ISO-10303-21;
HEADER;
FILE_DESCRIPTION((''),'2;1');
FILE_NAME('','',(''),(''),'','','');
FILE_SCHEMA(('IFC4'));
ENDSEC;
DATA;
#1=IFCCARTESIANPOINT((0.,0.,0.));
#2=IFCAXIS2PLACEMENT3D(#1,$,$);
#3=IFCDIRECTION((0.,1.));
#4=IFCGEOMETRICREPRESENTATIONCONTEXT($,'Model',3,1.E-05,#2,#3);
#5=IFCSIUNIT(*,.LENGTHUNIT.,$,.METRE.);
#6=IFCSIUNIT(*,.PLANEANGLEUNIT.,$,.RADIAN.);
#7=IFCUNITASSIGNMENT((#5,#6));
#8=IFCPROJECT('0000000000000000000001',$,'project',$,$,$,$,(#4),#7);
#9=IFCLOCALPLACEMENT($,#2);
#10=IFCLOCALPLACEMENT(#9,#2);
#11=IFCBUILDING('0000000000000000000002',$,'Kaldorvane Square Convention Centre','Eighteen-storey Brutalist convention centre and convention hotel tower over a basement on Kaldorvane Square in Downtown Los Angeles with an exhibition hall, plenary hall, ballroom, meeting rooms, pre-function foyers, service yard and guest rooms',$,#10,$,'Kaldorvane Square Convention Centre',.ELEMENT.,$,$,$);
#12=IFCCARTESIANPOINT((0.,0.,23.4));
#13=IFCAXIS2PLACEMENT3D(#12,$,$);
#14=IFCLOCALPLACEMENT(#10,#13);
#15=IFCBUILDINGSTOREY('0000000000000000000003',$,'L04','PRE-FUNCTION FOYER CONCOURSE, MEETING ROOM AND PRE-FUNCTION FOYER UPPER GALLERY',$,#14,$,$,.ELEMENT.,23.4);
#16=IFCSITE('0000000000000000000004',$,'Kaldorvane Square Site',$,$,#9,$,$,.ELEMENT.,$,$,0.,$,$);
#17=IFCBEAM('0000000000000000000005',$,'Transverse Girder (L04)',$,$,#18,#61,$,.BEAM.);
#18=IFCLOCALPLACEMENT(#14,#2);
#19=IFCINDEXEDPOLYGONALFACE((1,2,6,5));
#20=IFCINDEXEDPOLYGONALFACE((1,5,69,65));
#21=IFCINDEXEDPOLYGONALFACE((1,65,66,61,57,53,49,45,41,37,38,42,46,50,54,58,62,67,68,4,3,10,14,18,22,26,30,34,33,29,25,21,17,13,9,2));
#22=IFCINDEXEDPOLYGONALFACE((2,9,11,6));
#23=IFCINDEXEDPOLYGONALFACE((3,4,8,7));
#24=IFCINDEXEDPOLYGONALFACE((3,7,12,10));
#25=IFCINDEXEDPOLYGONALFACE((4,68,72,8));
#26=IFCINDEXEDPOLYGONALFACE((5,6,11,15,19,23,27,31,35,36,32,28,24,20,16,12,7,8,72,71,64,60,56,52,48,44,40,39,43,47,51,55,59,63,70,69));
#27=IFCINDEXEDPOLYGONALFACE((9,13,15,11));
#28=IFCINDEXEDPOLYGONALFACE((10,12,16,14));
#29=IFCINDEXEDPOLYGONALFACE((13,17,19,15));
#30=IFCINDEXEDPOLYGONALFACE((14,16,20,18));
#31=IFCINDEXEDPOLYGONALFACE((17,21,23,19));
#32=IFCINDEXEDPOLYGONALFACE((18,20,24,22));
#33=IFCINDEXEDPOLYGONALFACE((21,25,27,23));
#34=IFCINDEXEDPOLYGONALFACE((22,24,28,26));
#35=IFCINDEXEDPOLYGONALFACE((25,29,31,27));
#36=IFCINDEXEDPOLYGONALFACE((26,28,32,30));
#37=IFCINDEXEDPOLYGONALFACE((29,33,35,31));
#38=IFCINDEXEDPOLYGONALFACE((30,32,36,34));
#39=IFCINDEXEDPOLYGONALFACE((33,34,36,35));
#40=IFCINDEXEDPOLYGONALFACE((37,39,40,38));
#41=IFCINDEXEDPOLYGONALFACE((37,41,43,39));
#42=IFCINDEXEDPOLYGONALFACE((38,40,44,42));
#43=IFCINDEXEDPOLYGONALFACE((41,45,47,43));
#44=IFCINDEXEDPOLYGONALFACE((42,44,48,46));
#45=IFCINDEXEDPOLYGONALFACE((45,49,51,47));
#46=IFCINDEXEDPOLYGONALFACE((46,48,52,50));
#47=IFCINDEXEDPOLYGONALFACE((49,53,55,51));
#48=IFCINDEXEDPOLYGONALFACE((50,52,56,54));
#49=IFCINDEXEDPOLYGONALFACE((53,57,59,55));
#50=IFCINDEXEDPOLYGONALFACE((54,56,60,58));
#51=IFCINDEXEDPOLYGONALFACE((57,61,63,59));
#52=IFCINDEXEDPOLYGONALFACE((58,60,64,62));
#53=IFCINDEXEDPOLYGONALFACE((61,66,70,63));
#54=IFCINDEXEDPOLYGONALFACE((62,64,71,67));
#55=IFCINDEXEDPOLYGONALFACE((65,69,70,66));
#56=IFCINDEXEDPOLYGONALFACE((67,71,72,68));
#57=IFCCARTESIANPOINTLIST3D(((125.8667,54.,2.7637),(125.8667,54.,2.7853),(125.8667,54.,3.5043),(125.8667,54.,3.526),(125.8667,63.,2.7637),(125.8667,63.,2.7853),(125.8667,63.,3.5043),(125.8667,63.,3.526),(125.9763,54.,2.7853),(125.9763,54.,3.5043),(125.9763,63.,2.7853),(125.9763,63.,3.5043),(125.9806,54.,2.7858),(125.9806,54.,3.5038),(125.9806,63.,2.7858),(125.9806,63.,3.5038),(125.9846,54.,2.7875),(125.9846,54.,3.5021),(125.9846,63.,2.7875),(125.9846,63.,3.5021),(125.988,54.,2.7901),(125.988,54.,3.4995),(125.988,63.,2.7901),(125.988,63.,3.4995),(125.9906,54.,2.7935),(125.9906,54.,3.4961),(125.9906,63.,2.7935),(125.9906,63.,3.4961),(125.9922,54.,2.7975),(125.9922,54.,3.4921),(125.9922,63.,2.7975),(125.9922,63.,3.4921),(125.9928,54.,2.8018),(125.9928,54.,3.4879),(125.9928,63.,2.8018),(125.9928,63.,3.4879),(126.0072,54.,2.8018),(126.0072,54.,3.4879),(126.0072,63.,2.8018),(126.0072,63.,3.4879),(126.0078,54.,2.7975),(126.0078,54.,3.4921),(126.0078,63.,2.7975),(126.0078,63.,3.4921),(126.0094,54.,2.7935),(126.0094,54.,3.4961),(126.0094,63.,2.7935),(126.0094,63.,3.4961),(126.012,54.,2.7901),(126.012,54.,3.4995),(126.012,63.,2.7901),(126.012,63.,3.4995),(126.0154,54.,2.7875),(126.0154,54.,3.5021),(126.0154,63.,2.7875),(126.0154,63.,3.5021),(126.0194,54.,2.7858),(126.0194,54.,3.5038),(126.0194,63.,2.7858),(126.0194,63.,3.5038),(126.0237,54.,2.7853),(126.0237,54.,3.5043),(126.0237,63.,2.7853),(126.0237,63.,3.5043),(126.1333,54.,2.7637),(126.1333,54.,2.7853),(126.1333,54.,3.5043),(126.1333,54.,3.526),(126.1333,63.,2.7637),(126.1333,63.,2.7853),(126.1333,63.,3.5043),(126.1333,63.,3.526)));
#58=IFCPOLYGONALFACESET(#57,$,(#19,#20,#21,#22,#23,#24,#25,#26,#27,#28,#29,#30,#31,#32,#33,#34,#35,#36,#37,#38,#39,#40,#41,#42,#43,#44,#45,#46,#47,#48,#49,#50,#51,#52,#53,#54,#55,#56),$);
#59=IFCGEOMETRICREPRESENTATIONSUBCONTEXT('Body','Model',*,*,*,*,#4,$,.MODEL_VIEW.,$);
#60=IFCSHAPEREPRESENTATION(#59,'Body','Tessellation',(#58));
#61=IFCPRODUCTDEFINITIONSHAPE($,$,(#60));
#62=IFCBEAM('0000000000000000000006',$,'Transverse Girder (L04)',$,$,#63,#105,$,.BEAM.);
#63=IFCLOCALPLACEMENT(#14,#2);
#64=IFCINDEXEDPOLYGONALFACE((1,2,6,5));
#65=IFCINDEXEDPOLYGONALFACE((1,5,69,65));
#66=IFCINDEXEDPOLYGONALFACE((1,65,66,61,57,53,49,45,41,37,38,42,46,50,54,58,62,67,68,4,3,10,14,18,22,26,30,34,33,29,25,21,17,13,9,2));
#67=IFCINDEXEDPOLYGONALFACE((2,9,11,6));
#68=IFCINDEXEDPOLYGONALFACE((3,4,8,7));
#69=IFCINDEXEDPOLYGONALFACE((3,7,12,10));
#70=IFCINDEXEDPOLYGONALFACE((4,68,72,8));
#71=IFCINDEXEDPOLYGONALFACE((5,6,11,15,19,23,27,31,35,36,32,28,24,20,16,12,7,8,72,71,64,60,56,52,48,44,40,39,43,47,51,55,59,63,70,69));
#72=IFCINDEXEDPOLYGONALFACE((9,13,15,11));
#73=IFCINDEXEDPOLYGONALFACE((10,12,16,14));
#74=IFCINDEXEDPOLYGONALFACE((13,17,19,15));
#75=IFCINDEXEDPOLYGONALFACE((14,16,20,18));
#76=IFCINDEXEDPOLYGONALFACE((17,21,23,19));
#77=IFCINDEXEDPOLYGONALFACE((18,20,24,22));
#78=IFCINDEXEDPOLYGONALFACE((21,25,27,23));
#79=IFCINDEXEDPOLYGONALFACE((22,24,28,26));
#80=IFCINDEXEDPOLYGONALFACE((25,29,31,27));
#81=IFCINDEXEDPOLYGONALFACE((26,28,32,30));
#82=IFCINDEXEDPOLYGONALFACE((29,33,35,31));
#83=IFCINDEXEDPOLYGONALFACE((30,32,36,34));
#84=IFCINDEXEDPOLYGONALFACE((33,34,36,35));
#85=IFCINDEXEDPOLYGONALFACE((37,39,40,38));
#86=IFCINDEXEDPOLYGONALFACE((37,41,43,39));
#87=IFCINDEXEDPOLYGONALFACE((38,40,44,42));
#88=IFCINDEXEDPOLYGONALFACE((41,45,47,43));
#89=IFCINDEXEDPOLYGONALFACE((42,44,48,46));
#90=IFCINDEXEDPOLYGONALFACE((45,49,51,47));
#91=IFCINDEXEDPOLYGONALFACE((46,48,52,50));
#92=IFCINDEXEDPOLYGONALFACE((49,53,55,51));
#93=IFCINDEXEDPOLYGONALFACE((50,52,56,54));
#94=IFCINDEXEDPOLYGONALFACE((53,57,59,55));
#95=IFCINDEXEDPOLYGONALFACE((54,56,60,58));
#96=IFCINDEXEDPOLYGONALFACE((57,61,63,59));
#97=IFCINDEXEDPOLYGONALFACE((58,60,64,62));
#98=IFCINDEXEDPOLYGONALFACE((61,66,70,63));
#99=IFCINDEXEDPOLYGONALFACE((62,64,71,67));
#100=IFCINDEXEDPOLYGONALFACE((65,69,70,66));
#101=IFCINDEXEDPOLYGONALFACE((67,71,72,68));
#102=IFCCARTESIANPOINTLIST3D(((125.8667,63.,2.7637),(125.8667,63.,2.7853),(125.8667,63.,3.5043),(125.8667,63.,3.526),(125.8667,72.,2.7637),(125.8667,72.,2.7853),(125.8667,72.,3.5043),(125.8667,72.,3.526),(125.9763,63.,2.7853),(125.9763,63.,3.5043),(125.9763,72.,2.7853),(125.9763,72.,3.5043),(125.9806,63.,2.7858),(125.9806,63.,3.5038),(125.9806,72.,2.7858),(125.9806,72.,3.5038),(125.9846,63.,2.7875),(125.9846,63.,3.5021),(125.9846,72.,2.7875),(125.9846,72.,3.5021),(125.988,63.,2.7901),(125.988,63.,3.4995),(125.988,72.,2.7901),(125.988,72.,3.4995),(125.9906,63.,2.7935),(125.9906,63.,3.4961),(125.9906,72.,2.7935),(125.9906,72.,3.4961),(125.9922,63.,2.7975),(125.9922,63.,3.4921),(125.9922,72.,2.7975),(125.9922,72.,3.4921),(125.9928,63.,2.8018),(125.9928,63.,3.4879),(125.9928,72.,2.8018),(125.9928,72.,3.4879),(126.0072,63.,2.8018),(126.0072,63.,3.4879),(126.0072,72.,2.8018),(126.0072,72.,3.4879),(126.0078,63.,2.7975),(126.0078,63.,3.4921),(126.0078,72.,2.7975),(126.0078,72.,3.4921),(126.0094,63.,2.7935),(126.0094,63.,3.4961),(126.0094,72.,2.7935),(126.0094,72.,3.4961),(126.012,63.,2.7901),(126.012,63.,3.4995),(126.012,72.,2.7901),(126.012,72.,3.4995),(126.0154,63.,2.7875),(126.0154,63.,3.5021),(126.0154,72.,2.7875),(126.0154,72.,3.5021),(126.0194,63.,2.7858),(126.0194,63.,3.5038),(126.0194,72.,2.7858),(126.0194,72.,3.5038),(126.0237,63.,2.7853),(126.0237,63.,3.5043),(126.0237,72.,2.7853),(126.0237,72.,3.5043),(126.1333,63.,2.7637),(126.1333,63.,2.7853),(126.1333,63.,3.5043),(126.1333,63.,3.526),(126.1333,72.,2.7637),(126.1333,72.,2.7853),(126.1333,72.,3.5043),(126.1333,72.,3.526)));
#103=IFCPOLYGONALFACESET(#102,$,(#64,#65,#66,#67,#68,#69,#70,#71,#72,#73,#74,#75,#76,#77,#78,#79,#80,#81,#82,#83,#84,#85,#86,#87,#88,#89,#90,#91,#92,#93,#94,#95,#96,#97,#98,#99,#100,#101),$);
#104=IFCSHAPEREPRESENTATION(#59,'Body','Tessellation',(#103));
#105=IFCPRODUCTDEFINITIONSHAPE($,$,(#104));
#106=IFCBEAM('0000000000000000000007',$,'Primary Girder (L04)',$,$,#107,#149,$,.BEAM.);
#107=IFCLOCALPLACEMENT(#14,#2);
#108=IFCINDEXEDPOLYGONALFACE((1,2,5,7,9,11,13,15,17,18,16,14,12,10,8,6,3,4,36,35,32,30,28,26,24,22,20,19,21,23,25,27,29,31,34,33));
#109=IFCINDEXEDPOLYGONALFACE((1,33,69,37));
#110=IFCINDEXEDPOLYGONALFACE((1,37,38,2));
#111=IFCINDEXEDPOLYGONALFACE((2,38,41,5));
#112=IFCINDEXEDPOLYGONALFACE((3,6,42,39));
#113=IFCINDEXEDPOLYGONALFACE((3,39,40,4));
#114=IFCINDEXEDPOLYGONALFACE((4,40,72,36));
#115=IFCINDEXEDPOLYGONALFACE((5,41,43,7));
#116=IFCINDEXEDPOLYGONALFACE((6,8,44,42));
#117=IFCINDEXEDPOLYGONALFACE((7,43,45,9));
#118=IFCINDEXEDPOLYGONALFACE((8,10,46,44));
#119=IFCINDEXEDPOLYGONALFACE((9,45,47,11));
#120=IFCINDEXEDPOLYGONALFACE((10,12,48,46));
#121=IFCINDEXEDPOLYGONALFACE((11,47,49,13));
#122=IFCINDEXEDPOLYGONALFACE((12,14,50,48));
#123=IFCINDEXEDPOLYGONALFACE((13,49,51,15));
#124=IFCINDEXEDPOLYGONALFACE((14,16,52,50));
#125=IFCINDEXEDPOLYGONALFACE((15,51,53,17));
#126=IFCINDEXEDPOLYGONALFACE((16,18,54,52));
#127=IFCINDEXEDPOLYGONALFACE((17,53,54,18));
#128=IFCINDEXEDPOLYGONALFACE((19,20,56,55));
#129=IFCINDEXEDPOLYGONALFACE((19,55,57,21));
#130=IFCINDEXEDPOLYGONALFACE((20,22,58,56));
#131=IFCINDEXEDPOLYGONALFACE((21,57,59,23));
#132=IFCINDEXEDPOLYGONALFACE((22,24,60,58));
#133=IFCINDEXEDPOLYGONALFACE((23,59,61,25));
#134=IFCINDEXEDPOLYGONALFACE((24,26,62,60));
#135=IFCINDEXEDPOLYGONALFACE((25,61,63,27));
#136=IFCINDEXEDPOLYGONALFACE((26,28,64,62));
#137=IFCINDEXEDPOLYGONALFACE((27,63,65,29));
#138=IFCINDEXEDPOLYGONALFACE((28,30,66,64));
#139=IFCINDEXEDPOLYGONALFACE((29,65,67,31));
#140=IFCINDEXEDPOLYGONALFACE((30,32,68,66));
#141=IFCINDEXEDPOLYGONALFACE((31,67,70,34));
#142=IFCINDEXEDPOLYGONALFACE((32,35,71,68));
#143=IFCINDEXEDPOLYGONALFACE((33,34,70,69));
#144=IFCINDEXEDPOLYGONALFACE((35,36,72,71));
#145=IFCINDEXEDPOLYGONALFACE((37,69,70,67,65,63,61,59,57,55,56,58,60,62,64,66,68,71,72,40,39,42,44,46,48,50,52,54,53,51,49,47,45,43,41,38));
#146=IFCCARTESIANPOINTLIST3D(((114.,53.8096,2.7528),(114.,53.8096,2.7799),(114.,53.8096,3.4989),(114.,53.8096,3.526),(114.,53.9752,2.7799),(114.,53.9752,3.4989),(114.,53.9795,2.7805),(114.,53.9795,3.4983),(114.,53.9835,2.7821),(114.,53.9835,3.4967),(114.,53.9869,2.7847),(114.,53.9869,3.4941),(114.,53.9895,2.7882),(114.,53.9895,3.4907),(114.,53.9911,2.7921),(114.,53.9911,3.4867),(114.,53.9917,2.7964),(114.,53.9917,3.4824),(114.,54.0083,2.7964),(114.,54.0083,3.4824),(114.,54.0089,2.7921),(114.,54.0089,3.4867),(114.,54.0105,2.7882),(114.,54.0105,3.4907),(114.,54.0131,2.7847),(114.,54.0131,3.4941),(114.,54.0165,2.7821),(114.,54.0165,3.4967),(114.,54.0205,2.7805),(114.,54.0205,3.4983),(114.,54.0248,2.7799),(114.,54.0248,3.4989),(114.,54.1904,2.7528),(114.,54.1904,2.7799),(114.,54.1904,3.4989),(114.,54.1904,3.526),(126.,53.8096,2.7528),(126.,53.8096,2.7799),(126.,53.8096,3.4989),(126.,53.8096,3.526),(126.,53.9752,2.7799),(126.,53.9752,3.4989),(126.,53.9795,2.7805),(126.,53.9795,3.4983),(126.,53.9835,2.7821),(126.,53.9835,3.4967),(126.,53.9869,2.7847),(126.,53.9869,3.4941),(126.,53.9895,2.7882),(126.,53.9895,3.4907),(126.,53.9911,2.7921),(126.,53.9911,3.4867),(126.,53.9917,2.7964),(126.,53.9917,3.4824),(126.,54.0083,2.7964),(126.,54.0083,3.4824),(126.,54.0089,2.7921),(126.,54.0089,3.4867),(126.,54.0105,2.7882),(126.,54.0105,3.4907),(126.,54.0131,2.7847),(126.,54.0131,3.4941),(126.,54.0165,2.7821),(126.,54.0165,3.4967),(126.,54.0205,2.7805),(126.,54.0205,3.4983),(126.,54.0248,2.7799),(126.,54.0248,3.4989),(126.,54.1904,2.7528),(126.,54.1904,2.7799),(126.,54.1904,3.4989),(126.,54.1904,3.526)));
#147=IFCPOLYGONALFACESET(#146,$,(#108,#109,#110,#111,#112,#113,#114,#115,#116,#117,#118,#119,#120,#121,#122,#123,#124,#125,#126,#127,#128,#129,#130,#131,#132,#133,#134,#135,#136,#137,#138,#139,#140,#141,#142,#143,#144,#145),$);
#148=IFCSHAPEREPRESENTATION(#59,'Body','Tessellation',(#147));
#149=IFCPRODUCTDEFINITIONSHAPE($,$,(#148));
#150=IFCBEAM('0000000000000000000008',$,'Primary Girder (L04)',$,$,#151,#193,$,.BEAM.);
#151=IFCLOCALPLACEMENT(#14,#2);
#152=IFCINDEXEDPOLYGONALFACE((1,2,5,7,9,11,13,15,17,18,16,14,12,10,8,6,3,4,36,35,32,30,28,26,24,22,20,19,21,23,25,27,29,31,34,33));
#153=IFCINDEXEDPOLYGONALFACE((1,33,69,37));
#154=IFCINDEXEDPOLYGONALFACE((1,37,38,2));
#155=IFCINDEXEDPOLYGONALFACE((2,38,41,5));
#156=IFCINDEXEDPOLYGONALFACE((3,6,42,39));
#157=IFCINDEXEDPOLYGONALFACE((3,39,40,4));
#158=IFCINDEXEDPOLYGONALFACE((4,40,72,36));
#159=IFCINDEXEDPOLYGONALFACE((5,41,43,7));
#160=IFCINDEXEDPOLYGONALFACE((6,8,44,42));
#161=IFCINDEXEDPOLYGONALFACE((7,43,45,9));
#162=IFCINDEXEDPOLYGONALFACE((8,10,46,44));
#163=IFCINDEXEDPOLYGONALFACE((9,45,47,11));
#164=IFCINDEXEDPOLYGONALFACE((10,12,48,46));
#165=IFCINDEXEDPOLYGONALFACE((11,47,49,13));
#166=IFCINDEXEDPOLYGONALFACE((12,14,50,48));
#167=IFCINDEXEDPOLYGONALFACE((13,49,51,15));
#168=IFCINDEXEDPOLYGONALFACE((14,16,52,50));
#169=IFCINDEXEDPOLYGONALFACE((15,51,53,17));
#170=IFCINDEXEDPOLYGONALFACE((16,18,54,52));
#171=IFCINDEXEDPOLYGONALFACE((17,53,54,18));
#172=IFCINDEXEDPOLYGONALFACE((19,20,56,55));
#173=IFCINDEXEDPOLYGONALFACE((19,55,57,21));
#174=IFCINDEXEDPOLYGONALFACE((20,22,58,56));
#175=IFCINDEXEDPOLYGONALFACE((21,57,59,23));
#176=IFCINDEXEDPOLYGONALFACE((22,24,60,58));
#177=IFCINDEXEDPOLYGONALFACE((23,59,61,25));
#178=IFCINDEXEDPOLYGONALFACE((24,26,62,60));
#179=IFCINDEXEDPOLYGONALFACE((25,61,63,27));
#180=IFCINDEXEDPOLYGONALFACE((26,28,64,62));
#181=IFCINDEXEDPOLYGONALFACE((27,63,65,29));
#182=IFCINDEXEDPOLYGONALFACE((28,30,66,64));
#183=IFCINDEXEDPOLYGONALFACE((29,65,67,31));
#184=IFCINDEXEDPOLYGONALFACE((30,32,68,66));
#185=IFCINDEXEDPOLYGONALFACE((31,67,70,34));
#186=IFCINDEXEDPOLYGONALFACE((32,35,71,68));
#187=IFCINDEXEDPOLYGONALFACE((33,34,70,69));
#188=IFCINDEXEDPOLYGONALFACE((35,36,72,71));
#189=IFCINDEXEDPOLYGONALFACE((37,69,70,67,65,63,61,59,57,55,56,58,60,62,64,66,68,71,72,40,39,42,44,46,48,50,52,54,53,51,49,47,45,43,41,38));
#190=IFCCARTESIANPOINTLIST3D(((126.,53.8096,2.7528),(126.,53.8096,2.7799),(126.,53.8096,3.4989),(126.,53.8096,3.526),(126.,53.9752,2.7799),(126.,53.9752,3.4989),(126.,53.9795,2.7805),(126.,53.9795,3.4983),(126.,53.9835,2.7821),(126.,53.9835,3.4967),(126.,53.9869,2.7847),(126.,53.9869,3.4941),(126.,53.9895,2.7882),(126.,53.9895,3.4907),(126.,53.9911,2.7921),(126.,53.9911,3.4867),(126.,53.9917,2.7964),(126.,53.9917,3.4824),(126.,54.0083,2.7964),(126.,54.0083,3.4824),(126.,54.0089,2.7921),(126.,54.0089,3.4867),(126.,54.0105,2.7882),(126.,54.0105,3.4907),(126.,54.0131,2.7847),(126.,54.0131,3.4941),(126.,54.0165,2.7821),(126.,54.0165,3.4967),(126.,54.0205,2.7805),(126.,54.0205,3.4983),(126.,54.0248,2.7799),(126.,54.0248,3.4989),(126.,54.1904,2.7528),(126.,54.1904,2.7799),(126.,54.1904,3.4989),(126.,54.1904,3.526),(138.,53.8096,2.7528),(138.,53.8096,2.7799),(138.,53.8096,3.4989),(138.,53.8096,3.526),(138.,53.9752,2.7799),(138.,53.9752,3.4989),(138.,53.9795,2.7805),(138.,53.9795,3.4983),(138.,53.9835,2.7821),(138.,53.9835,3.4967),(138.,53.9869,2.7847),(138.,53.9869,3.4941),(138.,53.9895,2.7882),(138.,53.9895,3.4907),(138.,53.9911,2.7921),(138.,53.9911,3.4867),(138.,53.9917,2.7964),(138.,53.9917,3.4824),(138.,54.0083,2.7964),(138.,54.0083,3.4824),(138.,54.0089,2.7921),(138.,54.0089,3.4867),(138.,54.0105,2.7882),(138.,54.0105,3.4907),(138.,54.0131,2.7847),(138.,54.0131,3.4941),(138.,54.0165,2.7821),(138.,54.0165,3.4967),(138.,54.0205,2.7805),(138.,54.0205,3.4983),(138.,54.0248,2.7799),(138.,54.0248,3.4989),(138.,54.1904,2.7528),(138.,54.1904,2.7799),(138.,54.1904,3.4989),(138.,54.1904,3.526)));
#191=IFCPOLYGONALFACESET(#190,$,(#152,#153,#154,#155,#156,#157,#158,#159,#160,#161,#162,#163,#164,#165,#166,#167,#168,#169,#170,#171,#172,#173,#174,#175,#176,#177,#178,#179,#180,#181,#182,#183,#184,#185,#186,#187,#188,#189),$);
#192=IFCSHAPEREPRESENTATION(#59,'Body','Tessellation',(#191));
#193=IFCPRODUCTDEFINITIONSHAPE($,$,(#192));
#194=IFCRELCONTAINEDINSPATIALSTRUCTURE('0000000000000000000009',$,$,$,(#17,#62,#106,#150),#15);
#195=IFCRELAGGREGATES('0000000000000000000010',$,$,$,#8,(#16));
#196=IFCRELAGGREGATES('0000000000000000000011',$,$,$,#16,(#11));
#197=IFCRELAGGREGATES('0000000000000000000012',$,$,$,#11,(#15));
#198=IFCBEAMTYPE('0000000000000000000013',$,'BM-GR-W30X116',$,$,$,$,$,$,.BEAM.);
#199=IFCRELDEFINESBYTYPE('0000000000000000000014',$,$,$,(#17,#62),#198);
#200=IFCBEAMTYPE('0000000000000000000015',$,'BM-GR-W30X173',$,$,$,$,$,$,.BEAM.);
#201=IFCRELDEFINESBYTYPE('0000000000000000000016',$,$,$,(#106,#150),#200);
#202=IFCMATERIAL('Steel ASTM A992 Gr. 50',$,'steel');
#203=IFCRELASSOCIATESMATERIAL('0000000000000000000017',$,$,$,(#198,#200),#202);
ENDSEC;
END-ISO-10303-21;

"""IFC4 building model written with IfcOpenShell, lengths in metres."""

from ifc_helpers import new_model, si_unit, direction, frame, origin, origin_2d, place, context, subcontext, project, spatial, i_section, extrude, material, material_profile, profile_set, type_object, element, save


model = new_model("IFC4")

# Units and contexts
model_context = context("Model", 3, precision=1e-05, world=origin(), true_north=direction((0.0, 1.0)))
body_context = subcontext(model_context, "Body", "Model", "MODEL_VIEW")
ifc_project = project(units=[si_unit("LENGTHUNIT", "METRE"), si_unit("PLANEANGLEUNIT", "RADIAN")], contexts=[model_context])

# Site, building, storey
site_placement = place(None, origin())
site = spatial("IfcSite", under=ifc_project, at=site_placement, Name="Kaldorvane Square Site", CompositionType="ELEMENT", RefElevation=0.0)
building_placement = place(site_placement, origin())
building = spatial("IfcBuilding", under=site, at=building_placement, Name="Kaldorvane Square Convention Centre", Description="Eighteen-storey Brutalist convention centre and convention hotel tower over a basement on Kaldorvane Square in Downtown Los Angeles with an exhibition hall, plenary hall, ballroom, meeting rooms, pre-function foyers, service yard and guest rooms", LongName="Kaldorvane Square Convention Centre", CompositionType="ELEMENT")
storey_placement = place(building_placement, frame((0.0, 0.0, 23.4)))
storey = spatial("IfcBuildingStorey", under=building, at=storey_placement, Name="L04", Description="PRE-FUNCTION FOYER CONCOURSE, MEETING ROOM AND PRE-FUNCTION FOYER UPPER GALLERY", CompositionType="ELEMENT", Elevation=23.4)

# Shared definitions
ifc_material_1 = material(Name="Steel ASTM A992 Gr. 50", Category="steel")

# Beams
ifc_material_profile_1 = material_profile(ifc_material_1, i_section(OverallWidth=0.2666, OverallDepth=0.7623, WebThickness=0.0144, FlangeThickness=0.0216, FilletRadius=0.0165, at=origin_2d()), Name="W30X116")
ifc_profile_set_1 = profile_set([ifc_material_profile_1], Name="Steel ASTM A992 Gr. 50")
beam_type_1 = type_object("IfcBeamType", Name="BM-GR-W30X116", PredefinedType="BEAM", material=ifc_profile_set_1)
for number, where, z_axis, x_axis, name in (
    (1, (126.0, 54.0, 3.1448), (0.0, 1.0, 0.0), (-1.0, 0.0, 0.0), "Transverse Girder (L04)"),
    (2, (126.0, 63.0, 3.1448), (0.0, 1.0, 0.0), (-1.0, 0.0, 0.0), "Transverse Girder (L04)"),
):
    element("IfcBeam", number, at=place(storey_placement, frame(where, z_axis=z_axis, x_axis=x_axis)), inside=storey, type_object=beam_type_1, Name=name, PredefinedType="BEAM", context=body_context, shape_type="SweptSolid", body=[
        extrude(i_section(OverallWidth=0.2666, OverallDepth=0.7623, WebThickness=0.0144, FlangeThickness=0.0216, FilletRadius=0.0165, at=origin_2d()), origin(), (0.0, 0.0, 1.0), 9.0),
    ])
ifc_material_profile_2 = material_profile(ifc_material_1, i_section(OverallWidth=0.3807, OverallDepth=0.7732, WebThickness=0.0166, FlangeThickness=0.0271, FilletRadius=0.0165, at=origin_2d()), Name="W30X173")
ifc_profile_set_2 = profile_set([ifc_material_profile_2], Name="Steel ASTM A992 Gr. 50")
beam_type_2 = type_object("IfcBeamType", Name="BM-GR-W30X173", PredefinedType="BEAM", material=ifc_profile_set_2)
for number, where, z_axis, x_axis, name in (
    (3, (114.0, 54.0, 3.1394), (1.0, 0.0, 0.0), (0.0, 1.0, 0.0), "Primary Girder (L04)"),
    (4, (126.0, 54.0, 3.1394), (1.0, 0.0, 0.0), (0.0, 1.0, 0.0), "Primary Girder (L04)"),
):
    element("IfcBeam", number, at=place(storey_placement, frame(where, z_axis=z_axis, x_axis=x_axis)), inside=storey, type_object=beam_type_2, Name=name, PredefinedType="BEAM", context=body_context, shape_type="SweptSolid", body=[
        extrude(i_section(OverallWidth=0.3807, OverallDepth=0.7732, WebThickness=0.0166, FlangeThickness=0.0271, FilletRadius=0.0165, at=origin_2d()), origin(), (0.0, 0.0, 1.0), 12.0),
    ])

save(model, "model.ifc")
